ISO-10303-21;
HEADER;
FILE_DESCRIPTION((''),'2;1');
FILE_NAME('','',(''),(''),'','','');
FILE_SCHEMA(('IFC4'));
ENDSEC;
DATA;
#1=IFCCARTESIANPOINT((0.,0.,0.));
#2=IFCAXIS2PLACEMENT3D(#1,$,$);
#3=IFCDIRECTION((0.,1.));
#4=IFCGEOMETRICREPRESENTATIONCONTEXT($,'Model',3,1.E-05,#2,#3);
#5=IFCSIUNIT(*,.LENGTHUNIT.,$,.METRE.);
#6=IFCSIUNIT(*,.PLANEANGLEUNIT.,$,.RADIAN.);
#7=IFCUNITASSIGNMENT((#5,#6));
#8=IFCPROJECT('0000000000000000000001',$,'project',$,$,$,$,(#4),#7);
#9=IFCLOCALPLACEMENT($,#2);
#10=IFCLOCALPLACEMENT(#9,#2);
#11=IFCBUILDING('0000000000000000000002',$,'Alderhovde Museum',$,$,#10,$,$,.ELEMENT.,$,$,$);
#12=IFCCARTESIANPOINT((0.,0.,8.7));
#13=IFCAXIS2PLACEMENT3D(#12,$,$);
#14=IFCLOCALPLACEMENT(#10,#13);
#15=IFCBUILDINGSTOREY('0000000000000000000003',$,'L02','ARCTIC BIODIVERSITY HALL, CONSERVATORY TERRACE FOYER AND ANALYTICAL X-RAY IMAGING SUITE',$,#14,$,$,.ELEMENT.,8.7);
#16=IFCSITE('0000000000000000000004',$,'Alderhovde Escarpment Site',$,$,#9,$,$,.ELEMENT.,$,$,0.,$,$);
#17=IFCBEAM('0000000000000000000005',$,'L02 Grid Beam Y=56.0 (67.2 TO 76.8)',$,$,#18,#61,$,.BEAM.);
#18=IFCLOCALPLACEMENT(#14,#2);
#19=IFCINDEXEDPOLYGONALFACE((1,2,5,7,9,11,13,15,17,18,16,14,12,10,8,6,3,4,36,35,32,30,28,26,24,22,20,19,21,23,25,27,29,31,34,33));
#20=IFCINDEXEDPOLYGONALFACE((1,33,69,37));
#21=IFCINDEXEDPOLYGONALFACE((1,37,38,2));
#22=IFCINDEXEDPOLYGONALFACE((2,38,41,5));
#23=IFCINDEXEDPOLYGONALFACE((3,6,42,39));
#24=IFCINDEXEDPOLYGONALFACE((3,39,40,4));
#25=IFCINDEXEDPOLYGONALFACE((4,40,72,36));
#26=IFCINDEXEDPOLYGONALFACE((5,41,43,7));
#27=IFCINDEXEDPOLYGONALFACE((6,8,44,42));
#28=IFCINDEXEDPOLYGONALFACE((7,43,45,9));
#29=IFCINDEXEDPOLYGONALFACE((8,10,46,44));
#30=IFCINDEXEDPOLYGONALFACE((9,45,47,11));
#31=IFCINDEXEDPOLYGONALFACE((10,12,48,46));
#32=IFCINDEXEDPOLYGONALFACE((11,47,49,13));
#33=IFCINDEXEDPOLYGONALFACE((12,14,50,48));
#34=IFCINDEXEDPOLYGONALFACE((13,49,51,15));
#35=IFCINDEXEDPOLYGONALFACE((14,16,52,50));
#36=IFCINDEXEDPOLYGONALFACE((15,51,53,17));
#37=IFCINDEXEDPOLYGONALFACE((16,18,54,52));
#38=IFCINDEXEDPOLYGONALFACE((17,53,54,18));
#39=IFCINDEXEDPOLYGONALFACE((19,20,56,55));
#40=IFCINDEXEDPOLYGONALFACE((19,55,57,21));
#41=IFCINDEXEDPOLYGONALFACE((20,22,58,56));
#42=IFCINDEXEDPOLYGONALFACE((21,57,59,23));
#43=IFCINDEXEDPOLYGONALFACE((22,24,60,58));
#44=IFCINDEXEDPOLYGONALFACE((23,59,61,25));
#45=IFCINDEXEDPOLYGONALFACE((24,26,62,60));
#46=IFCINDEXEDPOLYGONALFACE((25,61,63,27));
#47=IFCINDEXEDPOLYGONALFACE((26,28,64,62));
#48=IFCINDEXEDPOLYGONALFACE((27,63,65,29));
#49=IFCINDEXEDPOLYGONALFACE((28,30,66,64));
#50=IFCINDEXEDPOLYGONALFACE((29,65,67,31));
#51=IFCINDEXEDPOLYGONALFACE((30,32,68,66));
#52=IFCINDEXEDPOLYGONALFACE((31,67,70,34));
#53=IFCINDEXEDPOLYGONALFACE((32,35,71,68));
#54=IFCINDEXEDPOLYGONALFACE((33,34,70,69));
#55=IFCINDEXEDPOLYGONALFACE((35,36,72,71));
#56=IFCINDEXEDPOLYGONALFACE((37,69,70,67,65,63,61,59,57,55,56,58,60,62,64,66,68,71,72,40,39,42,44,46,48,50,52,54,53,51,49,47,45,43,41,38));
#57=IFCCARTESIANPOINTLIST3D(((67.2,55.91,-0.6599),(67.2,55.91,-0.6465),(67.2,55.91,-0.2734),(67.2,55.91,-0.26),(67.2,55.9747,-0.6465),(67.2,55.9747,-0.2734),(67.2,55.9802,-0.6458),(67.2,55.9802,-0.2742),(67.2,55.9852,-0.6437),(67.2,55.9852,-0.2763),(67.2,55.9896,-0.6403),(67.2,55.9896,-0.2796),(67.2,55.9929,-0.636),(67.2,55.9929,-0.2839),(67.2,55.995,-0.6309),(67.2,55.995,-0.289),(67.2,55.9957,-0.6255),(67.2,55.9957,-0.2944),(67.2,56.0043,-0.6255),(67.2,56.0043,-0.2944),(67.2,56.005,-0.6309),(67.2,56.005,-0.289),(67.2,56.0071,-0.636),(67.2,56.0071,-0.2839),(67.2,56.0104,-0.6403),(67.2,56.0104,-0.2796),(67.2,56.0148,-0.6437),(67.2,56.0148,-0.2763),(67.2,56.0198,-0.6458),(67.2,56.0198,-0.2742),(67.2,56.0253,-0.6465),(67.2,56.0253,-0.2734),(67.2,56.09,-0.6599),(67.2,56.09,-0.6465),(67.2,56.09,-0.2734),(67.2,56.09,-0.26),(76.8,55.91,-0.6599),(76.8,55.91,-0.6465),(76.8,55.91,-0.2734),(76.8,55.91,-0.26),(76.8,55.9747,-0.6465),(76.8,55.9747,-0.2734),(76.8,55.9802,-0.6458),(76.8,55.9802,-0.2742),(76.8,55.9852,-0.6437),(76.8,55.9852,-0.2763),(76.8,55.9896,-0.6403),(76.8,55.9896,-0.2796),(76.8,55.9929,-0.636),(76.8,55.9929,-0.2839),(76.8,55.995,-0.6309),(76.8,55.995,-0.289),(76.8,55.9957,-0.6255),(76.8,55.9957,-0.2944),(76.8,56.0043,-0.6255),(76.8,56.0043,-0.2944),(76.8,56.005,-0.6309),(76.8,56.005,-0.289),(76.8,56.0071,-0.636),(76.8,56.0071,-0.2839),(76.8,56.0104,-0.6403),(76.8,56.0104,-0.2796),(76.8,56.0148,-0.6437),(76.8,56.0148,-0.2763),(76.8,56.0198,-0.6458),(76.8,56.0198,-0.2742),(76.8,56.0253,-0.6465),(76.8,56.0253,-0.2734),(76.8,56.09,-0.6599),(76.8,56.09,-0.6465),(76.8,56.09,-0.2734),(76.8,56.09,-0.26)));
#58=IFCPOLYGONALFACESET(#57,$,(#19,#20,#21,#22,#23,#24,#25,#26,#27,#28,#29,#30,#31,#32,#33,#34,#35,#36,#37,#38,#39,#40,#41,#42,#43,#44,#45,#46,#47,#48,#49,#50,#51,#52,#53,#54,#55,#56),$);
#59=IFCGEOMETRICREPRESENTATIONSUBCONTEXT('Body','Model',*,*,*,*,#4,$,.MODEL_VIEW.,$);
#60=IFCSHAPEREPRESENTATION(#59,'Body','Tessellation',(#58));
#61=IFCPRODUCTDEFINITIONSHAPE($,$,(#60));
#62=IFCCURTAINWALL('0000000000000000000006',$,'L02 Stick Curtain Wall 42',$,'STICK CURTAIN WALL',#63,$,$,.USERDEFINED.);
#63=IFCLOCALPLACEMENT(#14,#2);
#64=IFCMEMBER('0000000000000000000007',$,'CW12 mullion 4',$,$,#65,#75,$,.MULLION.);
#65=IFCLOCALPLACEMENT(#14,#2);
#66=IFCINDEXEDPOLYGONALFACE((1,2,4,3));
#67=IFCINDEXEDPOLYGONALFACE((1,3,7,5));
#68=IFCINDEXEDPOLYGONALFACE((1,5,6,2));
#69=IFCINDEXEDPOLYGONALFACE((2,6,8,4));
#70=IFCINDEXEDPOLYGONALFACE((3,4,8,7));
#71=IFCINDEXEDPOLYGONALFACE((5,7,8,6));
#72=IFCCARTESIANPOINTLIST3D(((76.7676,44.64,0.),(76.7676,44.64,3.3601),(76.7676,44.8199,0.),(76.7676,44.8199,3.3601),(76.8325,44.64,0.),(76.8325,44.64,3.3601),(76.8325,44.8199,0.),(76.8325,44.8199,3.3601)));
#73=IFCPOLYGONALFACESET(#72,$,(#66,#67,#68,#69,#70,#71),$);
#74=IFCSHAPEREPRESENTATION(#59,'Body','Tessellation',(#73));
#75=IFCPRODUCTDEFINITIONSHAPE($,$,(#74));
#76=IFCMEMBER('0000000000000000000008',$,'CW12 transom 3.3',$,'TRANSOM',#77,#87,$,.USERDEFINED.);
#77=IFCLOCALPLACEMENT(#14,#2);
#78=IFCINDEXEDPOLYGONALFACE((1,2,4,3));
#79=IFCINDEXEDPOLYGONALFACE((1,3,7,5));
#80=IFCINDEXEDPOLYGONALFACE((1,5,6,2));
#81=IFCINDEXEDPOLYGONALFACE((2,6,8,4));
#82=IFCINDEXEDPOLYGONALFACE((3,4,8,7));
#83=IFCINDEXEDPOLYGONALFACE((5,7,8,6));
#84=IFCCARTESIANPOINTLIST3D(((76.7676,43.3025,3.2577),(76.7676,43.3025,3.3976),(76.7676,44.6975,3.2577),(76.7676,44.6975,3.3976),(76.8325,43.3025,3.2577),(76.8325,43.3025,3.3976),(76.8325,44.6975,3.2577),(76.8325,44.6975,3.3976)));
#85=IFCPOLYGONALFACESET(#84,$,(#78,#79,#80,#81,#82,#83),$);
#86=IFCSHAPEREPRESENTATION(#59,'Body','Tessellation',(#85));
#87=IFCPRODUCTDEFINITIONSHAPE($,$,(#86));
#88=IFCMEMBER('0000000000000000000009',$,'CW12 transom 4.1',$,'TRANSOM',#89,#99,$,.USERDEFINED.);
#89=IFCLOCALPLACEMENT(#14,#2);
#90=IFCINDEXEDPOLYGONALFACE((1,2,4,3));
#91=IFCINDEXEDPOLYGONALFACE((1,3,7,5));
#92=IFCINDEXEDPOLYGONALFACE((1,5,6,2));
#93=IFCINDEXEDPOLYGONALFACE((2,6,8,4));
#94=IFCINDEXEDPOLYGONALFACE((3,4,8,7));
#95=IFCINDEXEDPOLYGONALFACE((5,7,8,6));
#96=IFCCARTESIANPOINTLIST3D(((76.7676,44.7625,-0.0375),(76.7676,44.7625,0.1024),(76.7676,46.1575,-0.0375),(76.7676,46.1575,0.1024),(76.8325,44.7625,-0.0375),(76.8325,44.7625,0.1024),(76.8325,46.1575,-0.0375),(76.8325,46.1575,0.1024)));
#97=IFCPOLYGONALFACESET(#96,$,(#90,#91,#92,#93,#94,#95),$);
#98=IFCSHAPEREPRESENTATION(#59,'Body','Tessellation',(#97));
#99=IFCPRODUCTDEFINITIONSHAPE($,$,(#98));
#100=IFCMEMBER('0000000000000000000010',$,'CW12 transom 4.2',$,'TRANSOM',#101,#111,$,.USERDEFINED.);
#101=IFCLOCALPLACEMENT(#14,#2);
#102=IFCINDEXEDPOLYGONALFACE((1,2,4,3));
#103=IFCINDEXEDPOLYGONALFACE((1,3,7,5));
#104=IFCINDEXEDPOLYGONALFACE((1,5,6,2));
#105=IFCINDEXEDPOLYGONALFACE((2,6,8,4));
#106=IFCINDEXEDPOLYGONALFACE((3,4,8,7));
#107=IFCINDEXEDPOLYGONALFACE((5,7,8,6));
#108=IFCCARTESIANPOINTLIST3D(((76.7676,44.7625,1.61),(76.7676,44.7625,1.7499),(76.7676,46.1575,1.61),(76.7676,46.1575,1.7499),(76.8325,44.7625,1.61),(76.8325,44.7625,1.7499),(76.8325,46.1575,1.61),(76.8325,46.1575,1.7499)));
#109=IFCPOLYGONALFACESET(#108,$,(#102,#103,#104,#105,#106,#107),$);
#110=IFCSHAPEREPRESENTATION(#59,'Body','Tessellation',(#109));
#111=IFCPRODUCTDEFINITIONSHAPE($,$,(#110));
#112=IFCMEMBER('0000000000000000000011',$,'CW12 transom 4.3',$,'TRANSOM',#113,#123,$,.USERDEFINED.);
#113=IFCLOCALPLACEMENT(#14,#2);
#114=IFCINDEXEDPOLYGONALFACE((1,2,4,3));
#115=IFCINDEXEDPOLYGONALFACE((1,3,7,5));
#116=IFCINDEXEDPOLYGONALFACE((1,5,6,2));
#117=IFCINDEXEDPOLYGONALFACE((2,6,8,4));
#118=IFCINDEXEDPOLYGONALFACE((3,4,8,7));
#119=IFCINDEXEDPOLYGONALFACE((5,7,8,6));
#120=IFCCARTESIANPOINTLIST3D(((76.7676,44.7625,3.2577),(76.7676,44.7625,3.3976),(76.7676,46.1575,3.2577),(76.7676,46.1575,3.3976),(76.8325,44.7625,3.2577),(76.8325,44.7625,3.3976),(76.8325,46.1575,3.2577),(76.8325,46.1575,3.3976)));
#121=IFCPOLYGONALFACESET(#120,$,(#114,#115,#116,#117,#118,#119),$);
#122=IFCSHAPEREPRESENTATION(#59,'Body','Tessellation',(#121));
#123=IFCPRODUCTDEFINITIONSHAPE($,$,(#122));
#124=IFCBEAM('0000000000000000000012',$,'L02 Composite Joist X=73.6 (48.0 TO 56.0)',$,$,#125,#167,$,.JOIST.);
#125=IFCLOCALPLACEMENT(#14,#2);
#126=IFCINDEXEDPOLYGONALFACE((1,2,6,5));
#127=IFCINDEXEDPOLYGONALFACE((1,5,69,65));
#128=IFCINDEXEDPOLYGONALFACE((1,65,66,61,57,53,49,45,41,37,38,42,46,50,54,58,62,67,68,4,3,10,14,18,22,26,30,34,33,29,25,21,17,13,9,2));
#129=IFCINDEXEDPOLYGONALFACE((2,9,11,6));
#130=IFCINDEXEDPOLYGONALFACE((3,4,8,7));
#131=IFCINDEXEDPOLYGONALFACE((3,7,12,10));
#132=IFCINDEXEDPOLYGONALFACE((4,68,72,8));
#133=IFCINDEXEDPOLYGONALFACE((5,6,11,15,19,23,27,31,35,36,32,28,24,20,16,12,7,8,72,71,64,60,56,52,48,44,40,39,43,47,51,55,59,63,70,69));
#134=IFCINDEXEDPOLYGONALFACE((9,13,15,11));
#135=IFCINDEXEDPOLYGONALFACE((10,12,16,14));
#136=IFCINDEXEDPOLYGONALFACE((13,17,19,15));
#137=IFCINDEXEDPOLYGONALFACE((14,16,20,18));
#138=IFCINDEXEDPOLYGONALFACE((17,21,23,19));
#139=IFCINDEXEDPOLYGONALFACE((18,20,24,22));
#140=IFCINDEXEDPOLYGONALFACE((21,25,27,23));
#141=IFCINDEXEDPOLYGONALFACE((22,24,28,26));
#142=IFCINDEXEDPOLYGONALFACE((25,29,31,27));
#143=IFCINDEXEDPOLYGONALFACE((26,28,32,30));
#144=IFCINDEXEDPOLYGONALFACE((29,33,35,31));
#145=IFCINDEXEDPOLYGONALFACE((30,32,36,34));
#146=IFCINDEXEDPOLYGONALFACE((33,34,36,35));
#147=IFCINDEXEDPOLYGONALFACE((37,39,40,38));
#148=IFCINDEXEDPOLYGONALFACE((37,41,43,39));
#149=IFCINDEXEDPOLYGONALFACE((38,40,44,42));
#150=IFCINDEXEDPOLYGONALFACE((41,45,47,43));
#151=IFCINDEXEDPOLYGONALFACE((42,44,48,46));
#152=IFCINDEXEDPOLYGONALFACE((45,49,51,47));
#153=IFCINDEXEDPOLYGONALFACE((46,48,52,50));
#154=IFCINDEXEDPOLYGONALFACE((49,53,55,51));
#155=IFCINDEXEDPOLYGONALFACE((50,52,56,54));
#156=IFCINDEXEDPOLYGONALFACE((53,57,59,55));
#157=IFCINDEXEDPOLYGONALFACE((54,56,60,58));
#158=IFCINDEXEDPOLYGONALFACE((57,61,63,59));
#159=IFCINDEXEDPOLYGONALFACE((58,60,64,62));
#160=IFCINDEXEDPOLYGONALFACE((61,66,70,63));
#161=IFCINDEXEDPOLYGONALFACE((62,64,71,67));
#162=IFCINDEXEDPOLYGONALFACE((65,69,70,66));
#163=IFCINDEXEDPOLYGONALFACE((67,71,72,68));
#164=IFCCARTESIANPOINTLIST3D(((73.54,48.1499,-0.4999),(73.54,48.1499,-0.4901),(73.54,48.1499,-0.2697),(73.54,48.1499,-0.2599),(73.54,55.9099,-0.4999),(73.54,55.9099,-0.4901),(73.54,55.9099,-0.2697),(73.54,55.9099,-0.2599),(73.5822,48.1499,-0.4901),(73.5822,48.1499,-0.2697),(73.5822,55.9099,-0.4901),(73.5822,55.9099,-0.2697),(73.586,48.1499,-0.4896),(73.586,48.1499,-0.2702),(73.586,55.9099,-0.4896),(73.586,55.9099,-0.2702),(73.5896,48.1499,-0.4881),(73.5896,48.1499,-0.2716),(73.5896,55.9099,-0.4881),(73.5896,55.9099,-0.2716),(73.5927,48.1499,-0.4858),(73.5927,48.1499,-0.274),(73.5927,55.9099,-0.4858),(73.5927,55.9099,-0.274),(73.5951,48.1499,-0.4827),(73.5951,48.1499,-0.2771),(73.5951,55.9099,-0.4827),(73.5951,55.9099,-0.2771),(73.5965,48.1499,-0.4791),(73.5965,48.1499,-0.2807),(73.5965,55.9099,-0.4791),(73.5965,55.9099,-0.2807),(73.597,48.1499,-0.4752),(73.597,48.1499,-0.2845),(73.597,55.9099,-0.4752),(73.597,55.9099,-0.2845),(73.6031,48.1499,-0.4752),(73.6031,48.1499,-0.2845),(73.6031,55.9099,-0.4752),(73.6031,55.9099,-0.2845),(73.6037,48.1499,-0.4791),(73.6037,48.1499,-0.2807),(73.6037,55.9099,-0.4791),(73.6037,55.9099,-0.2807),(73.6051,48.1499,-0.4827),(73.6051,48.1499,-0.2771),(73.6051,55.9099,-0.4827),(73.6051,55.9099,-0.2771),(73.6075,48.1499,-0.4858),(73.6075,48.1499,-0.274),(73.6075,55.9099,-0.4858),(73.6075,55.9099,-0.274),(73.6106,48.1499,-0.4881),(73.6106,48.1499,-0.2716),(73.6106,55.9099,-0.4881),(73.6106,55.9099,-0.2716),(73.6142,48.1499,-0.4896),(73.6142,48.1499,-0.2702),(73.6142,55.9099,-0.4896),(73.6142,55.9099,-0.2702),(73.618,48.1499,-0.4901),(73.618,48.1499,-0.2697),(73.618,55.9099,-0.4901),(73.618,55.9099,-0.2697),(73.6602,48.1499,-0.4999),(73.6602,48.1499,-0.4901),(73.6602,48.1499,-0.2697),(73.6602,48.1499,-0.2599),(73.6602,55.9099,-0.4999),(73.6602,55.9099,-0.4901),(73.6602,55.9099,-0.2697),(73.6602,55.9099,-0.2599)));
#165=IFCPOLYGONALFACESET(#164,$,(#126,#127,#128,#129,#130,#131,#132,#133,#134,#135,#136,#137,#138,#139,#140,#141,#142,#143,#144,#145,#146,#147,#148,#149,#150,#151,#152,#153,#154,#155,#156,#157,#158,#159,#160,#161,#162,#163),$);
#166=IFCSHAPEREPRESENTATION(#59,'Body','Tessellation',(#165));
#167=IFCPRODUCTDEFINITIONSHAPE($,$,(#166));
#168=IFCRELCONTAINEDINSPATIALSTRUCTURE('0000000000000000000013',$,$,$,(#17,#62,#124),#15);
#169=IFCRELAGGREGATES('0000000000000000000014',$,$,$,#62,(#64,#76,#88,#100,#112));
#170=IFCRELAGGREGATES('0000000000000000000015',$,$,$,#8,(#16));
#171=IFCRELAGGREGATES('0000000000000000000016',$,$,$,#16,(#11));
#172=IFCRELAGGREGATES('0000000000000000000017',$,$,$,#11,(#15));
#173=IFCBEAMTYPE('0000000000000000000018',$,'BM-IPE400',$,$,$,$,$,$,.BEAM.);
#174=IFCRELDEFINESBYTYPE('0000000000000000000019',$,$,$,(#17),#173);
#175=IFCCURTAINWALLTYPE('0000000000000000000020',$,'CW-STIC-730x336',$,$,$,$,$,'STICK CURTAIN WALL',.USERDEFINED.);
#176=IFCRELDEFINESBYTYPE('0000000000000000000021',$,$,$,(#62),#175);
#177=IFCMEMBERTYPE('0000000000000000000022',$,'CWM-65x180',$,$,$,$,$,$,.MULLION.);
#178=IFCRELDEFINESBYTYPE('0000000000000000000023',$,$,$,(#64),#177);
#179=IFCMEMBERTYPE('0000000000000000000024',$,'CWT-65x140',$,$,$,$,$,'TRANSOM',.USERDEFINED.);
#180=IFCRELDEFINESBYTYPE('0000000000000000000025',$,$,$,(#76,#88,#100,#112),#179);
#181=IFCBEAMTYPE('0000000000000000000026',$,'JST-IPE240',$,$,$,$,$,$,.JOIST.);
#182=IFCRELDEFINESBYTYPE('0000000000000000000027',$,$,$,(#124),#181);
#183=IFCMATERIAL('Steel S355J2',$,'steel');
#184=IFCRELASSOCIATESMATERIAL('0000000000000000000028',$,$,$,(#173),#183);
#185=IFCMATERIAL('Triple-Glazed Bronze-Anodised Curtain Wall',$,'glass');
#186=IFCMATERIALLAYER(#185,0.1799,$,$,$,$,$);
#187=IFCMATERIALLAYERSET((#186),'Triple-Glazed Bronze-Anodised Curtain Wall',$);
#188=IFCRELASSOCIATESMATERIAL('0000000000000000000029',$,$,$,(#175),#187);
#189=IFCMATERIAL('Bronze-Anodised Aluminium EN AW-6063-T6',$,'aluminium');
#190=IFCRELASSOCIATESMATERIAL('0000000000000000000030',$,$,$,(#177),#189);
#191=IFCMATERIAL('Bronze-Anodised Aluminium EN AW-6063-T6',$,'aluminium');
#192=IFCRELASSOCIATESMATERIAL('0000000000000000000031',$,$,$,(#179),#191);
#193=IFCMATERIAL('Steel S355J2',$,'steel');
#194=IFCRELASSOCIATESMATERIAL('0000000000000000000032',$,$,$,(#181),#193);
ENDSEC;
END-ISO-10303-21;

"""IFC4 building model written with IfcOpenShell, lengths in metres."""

from ifc_helpers import new_model, si_unit, direction, frame, origin, origin_2d, place, context, subcontext, project, spatial, rectangle, i_section, extrude, material, layer, layer_set, material_profile, profile_set, type_object, element, aggregate, save


model = new_model("IFC4")

# Units and contexts
model_context = context("Model", 3, precision=1e-05, world=origin(), true_north=direction((0.0, 1.0)))
body_context = subcontext(model_context, "Body", "Model", "MODEL_VIEW")
ifc_project = project(units=[si_unit("LENGTHUNIT", "METRE"), si_unit("PLANEANGLEUNIT", "RADIAN")], contexts=[model_context])

# Site, building, storey
site_placement = place(None, origin())
site = spatial("IfcSite", under=ifc_project, at=site_placement, Name="Alderhovde Escarpment Site", CompositionType="ELEMENT", RefElevation=0.0)
building_placement = place(site_placement, origin())
building = spatial("IfcBuilding", under=site, at=building_placement, Name="Alderhovde Museum", CompositionType="ELEMENT")
storey_placement = place(building_placement, frame((0.0, 0.0, 8.7)))
storey = spatial("IfcBuildingStorey", under=building, at=storey_placement, Name="L02", Description="ARCTIC BIODIVERSITY HALL, CONSERVATORY TERRACE FOYER AND ANALYTICAL X-RAY IMAGING SUITE", CompositionType="ELEMENT", Elevation=8.7)

# Beam
ifc_material_1 = material(Name="Steel S355J2", Category="steel")
ifc_material_profile_1 = material_profile(ifc_material_1, i_section(OverallWidth=0.1799, OverallDepth=0.3999, WebThickness=0.0085, FlangeThickness=0.0134, FilletRadius=0.021, at=origin_2d()), Name="IPE 400")
ifc_profile_set_1 = profile_set([ifc_material_profile_1], Name="Steel S355J2")
beam_type_1 = type_object("IfcBeamType", Name="BM-IPE400", PredefinedType="BEAM", material=ifc_profile_set_1)
beam_1_placement = place(storey_placement, frame((67.2, 56.0, -0.46), z_axis=(1.0, 0.0, 0.0), x_axis=(0.0, 1.0, 0.0)))
element("IfcBeam", 1, at=beam_1_placement, inside=storey, type_object=beam_type_1, Name="L02 Grid Beam Y=56.0 (67.2 TO 76.8)", PredefinedType="BEAM", context=body_context, shape_type="SweptSolid", body=[
    extrude(i_section(OverallWidth=0.1799, OverallDepth=0.3999, WebThickness=0.0085, FlangeThickness=0.0134, FilletRadius=0.021, at=origin_2d()), origin(), (0.0, 0.0, 1.0), 9.6001),
])

# Curtain wall, members
ifc_material_2 = material(Name="Triple-Glazed Bronze-Anodised Curtain Wall", Category="glass")
ifc_layer_1 = layer(ifc_material_2, 0.1799)
ifc_layer_set_1 = layer_set([ifc_layer_1], Name="Triple-Glazed Bronze-Anodised Curtain Wall")
curtain_wall_type = type_object("IfcCurtainWallType", Name="CW-STIC-730x336", ElementType="STICK CURTAIN WALL", PredefinedType="USERDEFINED", material=ifc_layer_set_1)
curtain_wall_placement = place(storey_placement, origin())
curtain_wall = element("IfcCurtainWall", 2, at=curtain_wall_placement, inside=storey, type_object=curtain_wall_type, Name="L02 Stick Curtain Wall 42", ObjectType="STICK CURTAIN WALL", PredefinedType="USERDEFINED")
ifc_material_3 = material(Name="Bronze-Anodised Aluminium EN AW-6063-T6", Category="aluminium")
ifc_material_profile_2 = material_profile(ifc_material_3, rectangle(XDim=0.0649, YDim=0.1799, at=origin_2d()), Name="MULLION 65x180")
ifc_profile_set_2 = profile_set([ifc_material_profile_2], Name="Bronze-Anodised Aluminium EN AW-6063-T6")
member_type_1 = type_object("IfcMemberType", Name="CWM-65x180", PredefinedType="MULLION", material=ifc_profile_set_2)
member_1_placement = place(storey_placement, frame((76.8, 44.73, 0.0), z_axis=(0.0, 0.0, 1.0), x_axis=(-1.0, 0.0, 0.0)))
member_1 = element("IfcMember", 3, at=member_1_placement, type_object=member_type_1, Name="CW12 mullion 4", PredefinedType="MULLION", context=body_context, shape_type="SweptSolid", body=[
    extrude(rectangle(XDim=0.0649, YDim=0.1799, at=origin_2d()), origin(), (0.0, 0.0, 1.0), 3.3601),
])
ifc_material_4 = material(Name="Bronze-Anodised Aluminium EN AW-6063-T6", Category="aluminium")
ifc_material_profile_3 = material_profile(ifc_material_4, rectangle(XDim=0.0649, YDim=0.1399, at=origin_2d()), Name="TRANSOM 65x140")
ifc_profile_set_3 = profile_set([ifc_material_profile_3], Name="Bronze-Anodised Aluminium EN AW-6063-T6")
member_type_2 = type_object("IfcMemberType", Name="CWT-65x140", ElementType="TRANSOM", PredefinedType="USERDEFINED", material=ifc_profile_set_3)
member_2_placement = place(storey_placement, frame((76.8, 43.3025, 3.3276), z_axis=(0.0, 1.0, 0.0), x_axis=(-1.0, 0.0, 0.0)))
member_2 = element("IfcMember", 4, at=member_2_placement, type_object=member_type_2, Name="CW12 transom 3.3", ObjectType="TRANSOM", PredefinedType="USERDEFINED", context=body_context, shape_type="SweptSolid", body=[
    extrude(rectangle(XDim=0.0649, YDim=0.1399, at=origin_2d()), origin(), (0.0, 0.0, 1.0), 1.395),
])
member_3_placement = place(storey_placement, frame((76.8, 44.7625, 0.0325), z_axis=(0.0, 1.0, 0.0), x_axis=(-1.0, 0.0, 0.0)))
member_3 = element("IfcMember", 5, at=member_3_placement, type_object=member_type_2, Name="CW12 transom 4.1", ObjectType="TRANSOM", PredefinedType="USERDEFINED", context=body_context, shape_type="SweptSolid", body=[
    extrude(rectangle(XDim=0.0649, YDim=0.1399, at=origin_2d()), origin(), (0.0, 0.0, 1.0), 1.395),
])
member_4_placement = place(storey_placement, frame((76.8, 44.7625, 1.6799), z_axis=(0.0, 1.0, 0.0), x_axis=(-1.0, 0.0, 0.0)))
member_4 = element("IfcMember", 6, at=member_4_placement, type_object=member_type_2, Name="CW12 transom 4.2", ObjectType="TRANSOM", PredefinedType="USERDEFINED", context=body_context, shape_type="SweptSolid", body=[
    extrude(rectangle(XDim=0.0649, YDim=0.1399, at=origin_2d()), origin(), (0.0, 0.0, 1.0), 1.395),
])
member_5_placement = place(storey_placement, frame((76.8, 44.7625, 3.3276), z_axis=(0.0, 1.0, 0.0), x_axis=(-1.0, 0.0, 0.0)))
member_5 = element("IfcMember", 7, at=member_5_placement, type_object=member_type_2, Name="CW12 transom 4.3", ObjectType="TRANSOM", PredefinedType="USERDEFINED", context=body_context, shape_type="SweptSolid", body=[
    extrude(rectangle(XDim=0.0649, YDim=0.1399, at=origin_2d()), origin(), (0.0, 0.0, 1.0), 1.395),
])

# Beam
ifc_material_5 = material(Name="Steel S355J2", Category="steel")
ifc_material_profile_4 = material_profile(ifc_material_5, i_section(OverallWidth=0.1201, OverallDepth=0.24, WebThickness=0.0061, FlangeThickness=0.0098, FilletRadius=0.0149, at=origin_2d()), Name="IPE 240")
ifc_profile_set_4 = profile_set([ifc_material_profile_4], Name="Steel S355J2")
beam_type_2 = type_object("IfcBeamType", Name="JST-IPE240", PredefinedType="JOIST", material=ifc_profile_set_4)
beam_2_placement = place(storey_placement, frame((73.6001, 48.1499, -0.3799), z_axis=(0.0, 1.0, 0.0), x_axis=(-1.0, 0.0, 0.0)))
element("IfcBeam", 8, at=beam_2_placement, inside=storey, type_object=beam_type_2, Name="L02 Composite Joist X=73.6 (48.0 TO 56.0)", PredefinedType="JOIST", context=body_context, shape_type="SweptSolid", body=[
    extrude(i_section(OverallWidth=0.1201, OverallDepth=0.24, WebThickness=0.0061, FlangeThickness=0.0098, FilletRadius=0.0149, at=origin_2d()), origin(), (0.0, 0.0, 1.0), 7.76),
])

aggregate(curtain_wall, [member_1, member_2, member_3, member_4, member_5])

save(model, "model.ifc")
